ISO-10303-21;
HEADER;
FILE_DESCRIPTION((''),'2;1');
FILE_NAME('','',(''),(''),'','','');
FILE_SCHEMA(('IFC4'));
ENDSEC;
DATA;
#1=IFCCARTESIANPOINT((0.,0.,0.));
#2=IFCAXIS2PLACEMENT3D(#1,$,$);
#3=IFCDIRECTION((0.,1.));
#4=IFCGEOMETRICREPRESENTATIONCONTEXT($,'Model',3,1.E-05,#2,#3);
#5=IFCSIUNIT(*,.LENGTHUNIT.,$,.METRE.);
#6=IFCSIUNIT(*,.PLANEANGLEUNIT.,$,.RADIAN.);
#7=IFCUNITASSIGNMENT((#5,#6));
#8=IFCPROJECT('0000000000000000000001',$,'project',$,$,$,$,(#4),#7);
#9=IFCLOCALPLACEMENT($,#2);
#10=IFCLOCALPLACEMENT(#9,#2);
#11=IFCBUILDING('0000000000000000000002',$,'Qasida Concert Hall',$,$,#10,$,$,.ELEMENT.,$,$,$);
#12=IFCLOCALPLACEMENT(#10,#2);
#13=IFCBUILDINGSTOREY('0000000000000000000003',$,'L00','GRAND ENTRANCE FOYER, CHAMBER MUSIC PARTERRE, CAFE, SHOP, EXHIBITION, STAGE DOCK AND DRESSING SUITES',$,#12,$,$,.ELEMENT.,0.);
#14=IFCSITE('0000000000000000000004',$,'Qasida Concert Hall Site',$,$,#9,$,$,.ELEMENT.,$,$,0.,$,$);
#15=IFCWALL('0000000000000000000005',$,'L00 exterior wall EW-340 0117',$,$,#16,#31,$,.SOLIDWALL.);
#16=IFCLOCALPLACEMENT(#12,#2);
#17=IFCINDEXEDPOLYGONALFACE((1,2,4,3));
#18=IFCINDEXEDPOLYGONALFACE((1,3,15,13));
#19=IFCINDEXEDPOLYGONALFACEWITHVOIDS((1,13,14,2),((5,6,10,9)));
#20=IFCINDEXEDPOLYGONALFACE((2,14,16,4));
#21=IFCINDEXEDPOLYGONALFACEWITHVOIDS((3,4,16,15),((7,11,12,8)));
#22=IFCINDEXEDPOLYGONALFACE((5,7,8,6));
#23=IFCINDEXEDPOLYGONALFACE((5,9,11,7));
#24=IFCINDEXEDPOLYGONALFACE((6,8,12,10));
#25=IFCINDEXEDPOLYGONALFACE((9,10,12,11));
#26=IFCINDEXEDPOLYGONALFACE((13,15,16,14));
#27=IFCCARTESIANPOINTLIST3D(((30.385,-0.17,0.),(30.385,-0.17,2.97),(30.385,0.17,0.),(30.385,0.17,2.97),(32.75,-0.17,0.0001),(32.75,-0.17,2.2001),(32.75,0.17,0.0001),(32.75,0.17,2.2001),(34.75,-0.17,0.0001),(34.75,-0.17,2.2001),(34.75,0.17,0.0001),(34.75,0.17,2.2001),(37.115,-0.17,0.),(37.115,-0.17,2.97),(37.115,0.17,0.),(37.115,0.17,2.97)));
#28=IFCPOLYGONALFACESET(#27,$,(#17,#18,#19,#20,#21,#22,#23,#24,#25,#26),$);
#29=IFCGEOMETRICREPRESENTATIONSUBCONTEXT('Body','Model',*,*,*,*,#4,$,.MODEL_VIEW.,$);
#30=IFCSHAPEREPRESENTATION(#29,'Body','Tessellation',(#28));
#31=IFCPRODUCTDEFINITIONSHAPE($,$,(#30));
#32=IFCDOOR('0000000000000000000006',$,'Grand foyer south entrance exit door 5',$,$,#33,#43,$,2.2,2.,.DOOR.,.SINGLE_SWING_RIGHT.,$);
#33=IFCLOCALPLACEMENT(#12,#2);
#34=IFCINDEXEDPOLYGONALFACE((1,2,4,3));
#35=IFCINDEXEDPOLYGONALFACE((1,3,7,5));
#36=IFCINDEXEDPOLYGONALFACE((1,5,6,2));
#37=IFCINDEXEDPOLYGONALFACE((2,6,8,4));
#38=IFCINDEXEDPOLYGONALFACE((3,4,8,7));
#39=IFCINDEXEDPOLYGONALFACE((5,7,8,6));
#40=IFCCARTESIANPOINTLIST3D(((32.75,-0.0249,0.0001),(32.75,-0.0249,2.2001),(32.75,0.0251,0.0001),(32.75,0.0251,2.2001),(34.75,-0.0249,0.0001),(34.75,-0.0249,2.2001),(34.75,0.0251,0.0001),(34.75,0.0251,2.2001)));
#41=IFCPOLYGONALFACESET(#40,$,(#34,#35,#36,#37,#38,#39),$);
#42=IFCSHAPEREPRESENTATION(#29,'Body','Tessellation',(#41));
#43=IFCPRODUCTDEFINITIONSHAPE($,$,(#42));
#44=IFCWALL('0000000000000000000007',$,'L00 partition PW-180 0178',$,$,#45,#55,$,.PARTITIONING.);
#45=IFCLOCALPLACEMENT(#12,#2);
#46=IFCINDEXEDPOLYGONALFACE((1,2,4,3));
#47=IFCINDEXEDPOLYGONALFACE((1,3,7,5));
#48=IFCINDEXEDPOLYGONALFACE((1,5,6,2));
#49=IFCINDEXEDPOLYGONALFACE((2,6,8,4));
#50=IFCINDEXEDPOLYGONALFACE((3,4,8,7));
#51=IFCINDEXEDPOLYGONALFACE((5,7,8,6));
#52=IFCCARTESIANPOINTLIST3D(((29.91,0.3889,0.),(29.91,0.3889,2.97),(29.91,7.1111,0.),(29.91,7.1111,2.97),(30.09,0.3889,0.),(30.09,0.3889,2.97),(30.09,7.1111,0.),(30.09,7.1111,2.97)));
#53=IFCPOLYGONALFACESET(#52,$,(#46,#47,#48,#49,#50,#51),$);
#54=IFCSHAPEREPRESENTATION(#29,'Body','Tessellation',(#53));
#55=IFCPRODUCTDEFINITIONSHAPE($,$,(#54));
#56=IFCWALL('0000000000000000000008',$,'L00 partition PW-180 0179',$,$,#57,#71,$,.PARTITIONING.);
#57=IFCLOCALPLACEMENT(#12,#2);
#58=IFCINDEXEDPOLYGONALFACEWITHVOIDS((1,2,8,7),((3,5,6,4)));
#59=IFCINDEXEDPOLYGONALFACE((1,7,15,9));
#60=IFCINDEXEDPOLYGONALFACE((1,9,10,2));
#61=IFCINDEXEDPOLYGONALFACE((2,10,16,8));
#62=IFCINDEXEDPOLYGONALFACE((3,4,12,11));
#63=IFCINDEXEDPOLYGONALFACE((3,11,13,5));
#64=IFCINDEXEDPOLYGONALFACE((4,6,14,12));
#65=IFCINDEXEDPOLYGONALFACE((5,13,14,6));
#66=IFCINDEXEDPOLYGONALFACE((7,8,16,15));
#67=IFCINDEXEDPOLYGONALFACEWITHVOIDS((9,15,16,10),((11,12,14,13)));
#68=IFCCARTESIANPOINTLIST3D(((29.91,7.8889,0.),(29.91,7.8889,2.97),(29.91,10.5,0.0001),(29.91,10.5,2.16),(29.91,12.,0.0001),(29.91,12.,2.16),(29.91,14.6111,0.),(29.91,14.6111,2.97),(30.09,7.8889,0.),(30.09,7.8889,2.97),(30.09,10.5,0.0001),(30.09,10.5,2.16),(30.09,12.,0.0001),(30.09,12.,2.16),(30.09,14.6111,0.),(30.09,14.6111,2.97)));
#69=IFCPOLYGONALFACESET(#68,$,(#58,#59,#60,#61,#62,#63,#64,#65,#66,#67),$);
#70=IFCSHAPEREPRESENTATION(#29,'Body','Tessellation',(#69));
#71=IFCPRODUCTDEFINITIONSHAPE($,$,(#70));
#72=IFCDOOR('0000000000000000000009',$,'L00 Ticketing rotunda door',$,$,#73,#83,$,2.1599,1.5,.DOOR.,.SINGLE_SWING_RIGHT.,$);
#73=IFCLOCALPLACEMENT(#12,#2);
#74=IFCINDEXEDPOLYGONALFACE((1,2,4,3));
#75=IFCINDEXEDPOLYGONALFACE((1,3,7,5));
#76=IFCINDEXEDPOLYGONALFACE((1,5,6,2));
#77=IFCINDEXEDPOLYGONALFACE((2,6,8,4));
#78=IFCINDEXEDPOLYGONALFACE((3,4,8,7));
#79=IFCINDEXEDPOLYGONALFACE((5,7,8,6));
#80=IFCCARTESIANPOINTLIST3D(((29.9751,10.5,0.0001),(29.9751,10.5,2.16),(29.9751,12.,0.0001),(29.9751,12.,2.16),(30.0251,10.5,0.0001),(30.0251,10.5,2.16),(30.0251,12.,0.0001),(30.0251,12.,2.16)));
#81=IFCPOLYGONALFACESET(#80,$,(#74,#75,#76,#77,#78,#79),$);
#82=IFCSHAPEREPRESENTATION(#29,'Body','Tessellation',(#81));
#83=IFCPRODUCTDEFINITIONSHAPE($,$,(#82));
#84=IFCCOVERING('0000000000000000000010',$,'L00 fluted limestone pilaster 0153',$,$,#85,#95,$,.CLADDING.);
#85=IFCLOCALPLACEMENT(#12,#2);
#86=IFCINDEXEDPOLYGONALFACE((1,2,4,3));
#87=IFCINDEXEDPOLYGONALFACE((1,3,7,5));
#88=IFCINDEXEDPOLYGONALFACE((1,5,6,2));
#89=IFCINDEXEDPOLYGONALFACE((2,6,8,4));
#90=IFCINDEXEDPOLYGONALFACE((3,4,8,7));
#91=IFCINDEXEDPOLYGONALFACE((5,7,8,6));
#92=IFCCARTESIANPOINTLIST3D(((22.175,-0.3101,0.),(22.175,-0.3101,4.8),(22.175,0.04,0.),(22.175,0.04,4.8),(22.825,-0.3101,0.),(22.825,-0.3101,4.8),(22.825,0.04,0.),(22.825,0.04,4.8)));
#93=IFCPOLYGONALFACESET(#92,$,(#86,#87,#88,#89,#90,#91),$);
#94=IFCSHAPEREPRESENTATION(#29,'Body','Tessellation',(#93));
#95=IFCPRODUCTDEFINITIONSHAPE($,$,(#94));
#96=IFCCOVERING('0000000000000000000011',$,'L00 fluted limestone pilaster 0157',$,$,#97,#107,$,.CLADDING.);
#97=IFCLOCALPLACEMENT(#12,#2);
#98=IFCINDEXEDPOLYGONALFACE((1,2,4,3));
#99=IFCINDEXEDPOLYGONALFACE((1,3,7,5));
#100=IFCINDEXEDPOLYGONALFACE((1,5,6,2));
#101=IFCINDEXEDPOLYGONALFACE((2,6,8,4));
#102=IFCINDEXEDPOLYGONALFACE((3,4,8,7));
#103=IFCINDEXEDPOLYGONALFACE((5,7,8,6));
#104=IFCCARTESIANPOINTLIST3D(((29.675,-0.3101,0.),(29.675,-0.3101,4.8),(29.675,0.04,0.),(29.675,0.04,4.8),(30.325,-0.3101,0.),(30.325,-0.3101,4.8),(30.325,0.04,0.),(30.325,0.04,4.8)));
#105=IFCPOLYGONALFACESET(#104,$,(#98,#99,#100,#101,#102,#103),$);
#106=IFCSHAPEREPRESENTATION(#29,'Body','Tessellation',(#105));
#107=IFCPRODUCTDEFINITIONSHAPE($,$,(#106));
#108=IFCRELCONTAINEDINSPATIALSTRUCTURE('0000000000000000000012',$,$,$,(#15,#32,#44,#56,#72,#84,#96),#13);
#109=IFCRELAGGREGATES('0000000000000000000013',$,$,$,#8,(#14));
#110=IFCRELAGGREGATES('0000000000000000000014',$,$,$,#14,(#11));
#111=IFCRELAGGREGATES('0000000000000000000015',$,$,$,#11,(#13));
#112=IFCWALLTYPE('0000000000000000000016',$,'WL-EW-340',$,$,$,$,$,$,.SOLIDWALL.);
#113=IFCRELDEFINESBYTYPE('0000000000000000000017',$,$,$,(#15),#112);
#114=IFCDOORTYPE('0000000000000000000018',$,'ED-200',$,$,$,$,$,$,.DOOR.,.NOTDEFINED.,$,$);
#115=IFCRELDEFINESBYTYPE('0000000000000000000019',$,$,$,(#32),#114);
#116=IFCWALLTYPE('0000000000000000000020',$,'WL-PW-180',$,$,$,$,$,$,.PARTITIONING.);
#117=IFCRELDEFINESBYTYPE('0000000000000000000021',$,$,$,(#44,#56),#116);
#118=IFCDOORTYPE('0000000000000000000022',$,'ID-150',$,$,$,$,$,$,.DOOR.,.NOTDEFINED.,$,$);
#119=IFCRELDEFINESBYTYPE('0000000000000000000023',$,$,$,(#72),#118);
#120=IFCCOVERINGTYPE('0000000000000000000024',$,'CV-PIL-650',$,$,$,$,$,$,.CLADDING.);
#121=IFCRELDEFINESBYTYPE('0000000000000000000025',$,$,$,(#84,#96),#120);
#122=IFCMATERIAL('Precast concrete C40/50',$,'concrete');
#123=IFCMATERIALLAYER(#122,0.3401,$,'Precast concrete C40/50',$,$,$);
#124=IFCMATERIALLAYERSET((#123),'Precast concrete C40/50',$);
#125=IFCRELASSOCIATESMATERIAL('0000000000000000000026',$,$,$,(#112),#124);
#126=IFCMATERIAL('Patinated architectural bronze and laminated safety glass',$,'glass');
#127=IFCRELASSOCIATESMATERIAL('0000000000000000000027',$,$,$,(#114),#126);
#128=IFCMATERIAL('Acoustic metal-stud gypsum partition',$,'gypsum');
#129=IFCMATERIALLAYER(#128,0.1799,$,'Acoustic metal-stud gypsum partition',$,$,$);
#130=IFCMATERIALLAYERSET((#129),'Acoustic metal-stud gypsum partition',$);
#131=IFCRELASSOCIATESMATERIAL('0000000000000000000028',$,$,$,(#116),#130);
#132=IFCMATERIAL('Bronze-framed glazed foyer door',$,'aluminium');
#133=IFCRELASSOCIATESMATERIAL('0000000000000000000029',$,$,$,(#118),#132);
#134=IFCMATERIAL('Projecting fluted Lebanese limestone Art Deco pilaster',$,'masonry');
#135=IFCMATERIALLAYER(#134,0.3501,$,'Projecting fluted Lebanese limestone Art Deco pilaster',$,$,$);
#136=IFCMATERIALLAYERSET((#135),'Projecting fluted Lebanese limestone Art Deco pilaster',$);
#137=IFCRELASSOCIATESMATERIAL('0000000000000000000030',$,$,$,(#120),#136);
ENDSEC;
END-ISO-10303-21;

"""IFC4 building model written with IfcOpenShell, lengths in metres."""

from ifc_helpers import new_model, si_unit, direction, frame, frame_2d, origin, origin_2d, place, context, subcontext, project, spatial, rectangle, extrude, material, layer, layer_set, type_object, element, fill, save


model = new_model("IFC4")

# Units and contexts
model_context = context("Model", 3, precision=1e-05, world=origin(), true_north=direction((0.0, 1.0)))
body_context = subcontext(model_context, "Body", "Model", "MODEL_VIEW")
ifc_project = project(units=[si_unit("LENGTHUNIT", "METRE"), si_unit("PLANEANGLEUNIT", "RADIAN")], contexts=[model_context])

# Site, building, storey
site_placement = place(None, origin())
site = spatial("IfcSite", under=ifc_project, at=site_placement, Name="Qasida Concert Hall Site", CompositionType="ELEMENT", RefElevation=0.0)
building_placement = place(site_placement, origin())
building = spatial("IfcBuilding", under=site, at=building_placement, Name="Qasida Concert Hall", CompositionType="ELEMENT")
storey_placement = place(building_placement, origin())
storey = spatial("IfcBuildingStorey", under=building, at=storey_placement, Name="L00", Description="GRAND ENTRANCE FOYER, CHAMBER MUSIC PARTERRE, CAFE, SHOP, EXHIBITION, STAGE DOCK AND DRESSING SUITES", CompositionType="ELEMENT", Elevation=0.0)

# Wall, opening, door
ifc_material_1 = material(Name="Precast concrete C40/50", Category="concrete")
ifc_layer_1 = layer(ifc_material_1, 0.3401, Name="Precast concrete C40/50")
ifc_layer_set_1 = layer_set([ifc_layer_1], Name="Precast concrete C40/50")
wall_type_1 = type_object("IfcWallType", Name="WL-EW-340", PredefinedType="SOLIDWALL", material=ifc_layer_set_1)
ifc_material_2 = material(Name="Patinated architectural bronze and laminated safety glass", Category="glass")
door_type_1 = type_object("IfcDoorType", Name="ED-200", OperationType="NOTDEFINED", PredefinedType="DOOR", material=ifc_material_2)
wall_1_placement = place(storey_placement, frame((30.385, 0.0, 0.0), z_axis=(0.0, 0.0, 1.0), x_axis=(1.0, 0.0, 0.0)))
wall_1 = element("IfcWall", 1, at=wall_1_placement, inside=storey, type_object=wall_type_1, Name="L00 exterior wall EW-340 0117", PredefinedType="SOLIDWALL", context=body_context, shape_type="SweptSolid", body=[
    extrude(rectangle(XDim=6.73, YDim=0.3401, at=frame_2d((3.365, 0.0))), origin(), (0.0, 0.0, 1.0), 2.97),
])
opening_1_placement = place(wall_1_placement, frame((2.365, 0.0, 0.0)))
opening_1 = element("IfcOpeningElement", 2, at=opening_1_placement, cuts=wall_1, PredefinedType="OPENING", context=body_context, shape_type="SweptSolid", body=[
    extrude(rectangle(XDim=2.0, YDim=2.2, at=frame_2d((1.0, 1.1001))), frame((0.0, 0.1799, 0.0), z_axis=(0.0, -1.0, 0.0), x_axis=(1.0, 0.0, 0.0)), (0.0, 0.0, 1.0), 0.3601),
])
door_1_placement = place(opening_1_placement, frame((2.0, 0.0, 0.0), z_axis=(0.0, 0.0, 1.0), x_axis=(-1.0, 0.0, 0.0)))
door_1 = element("IfcDoor", 3, at=door_1_placement, inside=storey, type_object=door_type_1, Name="Grand foyer south entrance exit door 5", OperationType="SINGLE_SWING_RIGHT", OverallHeight=2.2, OverallWidth=2.0, PredefinedType="DOOR", context=body_context, shape_type="SweptSolid", body=[
    extrude(rectangle(XDim=2.0, YDim=2.2, at=frame_2d((1.0, 1.1001))), frame((0.0, 0.0249, 0.0), z_axis=(0.0, -1.0, 0.0), x_axis=(1.0, 0.0, 0.0)), (0.0, 0.0, 1.0), 0.05),
])
fill(opening_1, door_1)

# Wall
ifc_material_3 = material(Name="Acoustic metal-stud gypsum partition", Category="gypsum")
ifc_layer_2 = layer(ifc_material_3, 0.1799, Name="Acoustic metal-stud gypsum partition")
ifc_layer_set_2 = layer_set([ifc_layer_2], Name="Acoustic metal-stud gypsum partition")
wall_type_2 = type_object("IfcWallType", Name="WL-PW-180", PredefinedType="PARTITIONING", material=ifc_layer_set_2)
wall_2_placement = place(storey_placement, frame((30.0, 0.3889, 0.0), z_axis=(0.0, 0.0, 1.0), x_axis=(0.0, 1.0, 0.0)))
element("IfcWall", 4, at=wall_2_placement, inside=storey, type_object=wall_type_2, Name="L00 partition PW-180 0178", PredefinedType="PARTITIONING", context=body_context, shape_type="SweptSolid", body=[
    extrude(rectangle(XDim=6.7222, YDim=0.1799, at=frame_2d((3.3611, 0.0))), origin(), (0.0, 0.0, 1.0), 2.97),
])

# Wall, opening, door
wall_3_placement = place(storey_placement, frame((30.0, 7.8889, 0.0), z_axis=(0.0, 0.0, 1.0), x_axis=(0.0, 1.0, 0.0)))
wall_3 = element("IfcWall", 5, at=wall_3_placement, inside=storey, type_object=wall_type_2, Name="L00 partition PW-180 0179", PredefinedType="PARTITIONING", context=body_context, shape_type="SweptSolid", body=[
    extrude(rectangle(XDim=6.7222, YDim=0.1799, at=frame_2d((3.3611, 0.0))), origin(), (0.0, 0.0, 1.0), 2.97),
])
opening_2_placement = place(wall_3_placement, frame((2.6111, 0.0, 0.0)))
opening_2 = element("IfcOpeningElement", 6, at=opening_2_placement, cuts=wall_3, PredefinedType="OPENING", context=body_context, shape_type="SweptSolid", body=[
    extrude(rectangle(XDim=1.5, YDim=2.1599, at=frame_2d((0.75, 1.0801))), frame((0.0, 0.0999, 0.0), z_axis=(0.0, -1.0, 0.0), x_axis=(1.0, 0.0, 0.0)), (0.0, 0.0, 1.0), 0.2),
])
ifc_material_4 = material(Name="Bronze-framed glazed foyer door", Category="aluminium")
door_type_2 = type_object("IfcDoorType", Name="ID-150", OperationType="NOTDEFINED", PredefinedType="DOOR", material=ifc_material_4)
door_2_placement = place(opening_2_placement, origin())
door_2 = element("IfcDoor", 7, at=door_2_placement, inside=storey, type_object=door_type_2, Name="L00 Ticketing rotunda door", OperationType="SINGLE_SWING_RIGHT", OverallHeight=2.1599, OverallWidth=1.5, PredefinedType="DOOR", context=body_context, shape_type="SweptSolid", body=[
    extrude(rectangle(XDim=1.5, YDim=2.1599, at=frame_2d((0.75, 1.0801))), frame((0.0, 0.0249, 0.0), z_axis=(0.0, -1.0, 0.0), x_axis=(1.0, 0.0, 0.0)), (0.0, 0.0, 1.0), 0.05),
])
fill(opening_2, door_2)

# Coverings
ifc_material_5 = material(Name="Projecting fluted Lebanese limestone Art Deco pilaster", Category="masonry")
ifc_layer_3 = layer(ifc_material_5, 0.3501, Name="Projecting fluted Lebanese limestone Art Deco pilaster")
ifc_layer_set_3 = layer_set([ifc_layer_3], Name="Projecting fluted Lebanese limestone Art Deco pilaster")
covering_type = type_object("IfcCoveringType", Name="CV-PIL-650", PredefinedType="CLADDING", material=ifc_layer_set_3)
for number, where, z_axis, x_axis, name in (
    (8, (22.5, -0.135, 0.0), (0.0, 0.0, 1.0), (1.0, 0.0, 0.0), "L00 fluted limestone pilaster 0153"),
    (9, (30.0, -0.135, 0.0), (0.0, 0.0, 1.0), (1.0, 0.0, 0.0), "L00 fluted limestone pilaster 0157"),
):
    element("IfcCovering", number, at=place(storey_placement, frame(where, z_axis=z_axis, x_axis=x_axis)), inside=storey, type_object=covering_type, Name=name, PredefinedType="CLADDING", context=body_context, shape_type="SweptSolid", body=[
        extrude(rectangle(XDim=0.6499, YDim=0.3501, at=origin_2d()), origin(), (0.0, 0.0, 1.0), 4.8),
    ])

save(model, "model.ifc")
